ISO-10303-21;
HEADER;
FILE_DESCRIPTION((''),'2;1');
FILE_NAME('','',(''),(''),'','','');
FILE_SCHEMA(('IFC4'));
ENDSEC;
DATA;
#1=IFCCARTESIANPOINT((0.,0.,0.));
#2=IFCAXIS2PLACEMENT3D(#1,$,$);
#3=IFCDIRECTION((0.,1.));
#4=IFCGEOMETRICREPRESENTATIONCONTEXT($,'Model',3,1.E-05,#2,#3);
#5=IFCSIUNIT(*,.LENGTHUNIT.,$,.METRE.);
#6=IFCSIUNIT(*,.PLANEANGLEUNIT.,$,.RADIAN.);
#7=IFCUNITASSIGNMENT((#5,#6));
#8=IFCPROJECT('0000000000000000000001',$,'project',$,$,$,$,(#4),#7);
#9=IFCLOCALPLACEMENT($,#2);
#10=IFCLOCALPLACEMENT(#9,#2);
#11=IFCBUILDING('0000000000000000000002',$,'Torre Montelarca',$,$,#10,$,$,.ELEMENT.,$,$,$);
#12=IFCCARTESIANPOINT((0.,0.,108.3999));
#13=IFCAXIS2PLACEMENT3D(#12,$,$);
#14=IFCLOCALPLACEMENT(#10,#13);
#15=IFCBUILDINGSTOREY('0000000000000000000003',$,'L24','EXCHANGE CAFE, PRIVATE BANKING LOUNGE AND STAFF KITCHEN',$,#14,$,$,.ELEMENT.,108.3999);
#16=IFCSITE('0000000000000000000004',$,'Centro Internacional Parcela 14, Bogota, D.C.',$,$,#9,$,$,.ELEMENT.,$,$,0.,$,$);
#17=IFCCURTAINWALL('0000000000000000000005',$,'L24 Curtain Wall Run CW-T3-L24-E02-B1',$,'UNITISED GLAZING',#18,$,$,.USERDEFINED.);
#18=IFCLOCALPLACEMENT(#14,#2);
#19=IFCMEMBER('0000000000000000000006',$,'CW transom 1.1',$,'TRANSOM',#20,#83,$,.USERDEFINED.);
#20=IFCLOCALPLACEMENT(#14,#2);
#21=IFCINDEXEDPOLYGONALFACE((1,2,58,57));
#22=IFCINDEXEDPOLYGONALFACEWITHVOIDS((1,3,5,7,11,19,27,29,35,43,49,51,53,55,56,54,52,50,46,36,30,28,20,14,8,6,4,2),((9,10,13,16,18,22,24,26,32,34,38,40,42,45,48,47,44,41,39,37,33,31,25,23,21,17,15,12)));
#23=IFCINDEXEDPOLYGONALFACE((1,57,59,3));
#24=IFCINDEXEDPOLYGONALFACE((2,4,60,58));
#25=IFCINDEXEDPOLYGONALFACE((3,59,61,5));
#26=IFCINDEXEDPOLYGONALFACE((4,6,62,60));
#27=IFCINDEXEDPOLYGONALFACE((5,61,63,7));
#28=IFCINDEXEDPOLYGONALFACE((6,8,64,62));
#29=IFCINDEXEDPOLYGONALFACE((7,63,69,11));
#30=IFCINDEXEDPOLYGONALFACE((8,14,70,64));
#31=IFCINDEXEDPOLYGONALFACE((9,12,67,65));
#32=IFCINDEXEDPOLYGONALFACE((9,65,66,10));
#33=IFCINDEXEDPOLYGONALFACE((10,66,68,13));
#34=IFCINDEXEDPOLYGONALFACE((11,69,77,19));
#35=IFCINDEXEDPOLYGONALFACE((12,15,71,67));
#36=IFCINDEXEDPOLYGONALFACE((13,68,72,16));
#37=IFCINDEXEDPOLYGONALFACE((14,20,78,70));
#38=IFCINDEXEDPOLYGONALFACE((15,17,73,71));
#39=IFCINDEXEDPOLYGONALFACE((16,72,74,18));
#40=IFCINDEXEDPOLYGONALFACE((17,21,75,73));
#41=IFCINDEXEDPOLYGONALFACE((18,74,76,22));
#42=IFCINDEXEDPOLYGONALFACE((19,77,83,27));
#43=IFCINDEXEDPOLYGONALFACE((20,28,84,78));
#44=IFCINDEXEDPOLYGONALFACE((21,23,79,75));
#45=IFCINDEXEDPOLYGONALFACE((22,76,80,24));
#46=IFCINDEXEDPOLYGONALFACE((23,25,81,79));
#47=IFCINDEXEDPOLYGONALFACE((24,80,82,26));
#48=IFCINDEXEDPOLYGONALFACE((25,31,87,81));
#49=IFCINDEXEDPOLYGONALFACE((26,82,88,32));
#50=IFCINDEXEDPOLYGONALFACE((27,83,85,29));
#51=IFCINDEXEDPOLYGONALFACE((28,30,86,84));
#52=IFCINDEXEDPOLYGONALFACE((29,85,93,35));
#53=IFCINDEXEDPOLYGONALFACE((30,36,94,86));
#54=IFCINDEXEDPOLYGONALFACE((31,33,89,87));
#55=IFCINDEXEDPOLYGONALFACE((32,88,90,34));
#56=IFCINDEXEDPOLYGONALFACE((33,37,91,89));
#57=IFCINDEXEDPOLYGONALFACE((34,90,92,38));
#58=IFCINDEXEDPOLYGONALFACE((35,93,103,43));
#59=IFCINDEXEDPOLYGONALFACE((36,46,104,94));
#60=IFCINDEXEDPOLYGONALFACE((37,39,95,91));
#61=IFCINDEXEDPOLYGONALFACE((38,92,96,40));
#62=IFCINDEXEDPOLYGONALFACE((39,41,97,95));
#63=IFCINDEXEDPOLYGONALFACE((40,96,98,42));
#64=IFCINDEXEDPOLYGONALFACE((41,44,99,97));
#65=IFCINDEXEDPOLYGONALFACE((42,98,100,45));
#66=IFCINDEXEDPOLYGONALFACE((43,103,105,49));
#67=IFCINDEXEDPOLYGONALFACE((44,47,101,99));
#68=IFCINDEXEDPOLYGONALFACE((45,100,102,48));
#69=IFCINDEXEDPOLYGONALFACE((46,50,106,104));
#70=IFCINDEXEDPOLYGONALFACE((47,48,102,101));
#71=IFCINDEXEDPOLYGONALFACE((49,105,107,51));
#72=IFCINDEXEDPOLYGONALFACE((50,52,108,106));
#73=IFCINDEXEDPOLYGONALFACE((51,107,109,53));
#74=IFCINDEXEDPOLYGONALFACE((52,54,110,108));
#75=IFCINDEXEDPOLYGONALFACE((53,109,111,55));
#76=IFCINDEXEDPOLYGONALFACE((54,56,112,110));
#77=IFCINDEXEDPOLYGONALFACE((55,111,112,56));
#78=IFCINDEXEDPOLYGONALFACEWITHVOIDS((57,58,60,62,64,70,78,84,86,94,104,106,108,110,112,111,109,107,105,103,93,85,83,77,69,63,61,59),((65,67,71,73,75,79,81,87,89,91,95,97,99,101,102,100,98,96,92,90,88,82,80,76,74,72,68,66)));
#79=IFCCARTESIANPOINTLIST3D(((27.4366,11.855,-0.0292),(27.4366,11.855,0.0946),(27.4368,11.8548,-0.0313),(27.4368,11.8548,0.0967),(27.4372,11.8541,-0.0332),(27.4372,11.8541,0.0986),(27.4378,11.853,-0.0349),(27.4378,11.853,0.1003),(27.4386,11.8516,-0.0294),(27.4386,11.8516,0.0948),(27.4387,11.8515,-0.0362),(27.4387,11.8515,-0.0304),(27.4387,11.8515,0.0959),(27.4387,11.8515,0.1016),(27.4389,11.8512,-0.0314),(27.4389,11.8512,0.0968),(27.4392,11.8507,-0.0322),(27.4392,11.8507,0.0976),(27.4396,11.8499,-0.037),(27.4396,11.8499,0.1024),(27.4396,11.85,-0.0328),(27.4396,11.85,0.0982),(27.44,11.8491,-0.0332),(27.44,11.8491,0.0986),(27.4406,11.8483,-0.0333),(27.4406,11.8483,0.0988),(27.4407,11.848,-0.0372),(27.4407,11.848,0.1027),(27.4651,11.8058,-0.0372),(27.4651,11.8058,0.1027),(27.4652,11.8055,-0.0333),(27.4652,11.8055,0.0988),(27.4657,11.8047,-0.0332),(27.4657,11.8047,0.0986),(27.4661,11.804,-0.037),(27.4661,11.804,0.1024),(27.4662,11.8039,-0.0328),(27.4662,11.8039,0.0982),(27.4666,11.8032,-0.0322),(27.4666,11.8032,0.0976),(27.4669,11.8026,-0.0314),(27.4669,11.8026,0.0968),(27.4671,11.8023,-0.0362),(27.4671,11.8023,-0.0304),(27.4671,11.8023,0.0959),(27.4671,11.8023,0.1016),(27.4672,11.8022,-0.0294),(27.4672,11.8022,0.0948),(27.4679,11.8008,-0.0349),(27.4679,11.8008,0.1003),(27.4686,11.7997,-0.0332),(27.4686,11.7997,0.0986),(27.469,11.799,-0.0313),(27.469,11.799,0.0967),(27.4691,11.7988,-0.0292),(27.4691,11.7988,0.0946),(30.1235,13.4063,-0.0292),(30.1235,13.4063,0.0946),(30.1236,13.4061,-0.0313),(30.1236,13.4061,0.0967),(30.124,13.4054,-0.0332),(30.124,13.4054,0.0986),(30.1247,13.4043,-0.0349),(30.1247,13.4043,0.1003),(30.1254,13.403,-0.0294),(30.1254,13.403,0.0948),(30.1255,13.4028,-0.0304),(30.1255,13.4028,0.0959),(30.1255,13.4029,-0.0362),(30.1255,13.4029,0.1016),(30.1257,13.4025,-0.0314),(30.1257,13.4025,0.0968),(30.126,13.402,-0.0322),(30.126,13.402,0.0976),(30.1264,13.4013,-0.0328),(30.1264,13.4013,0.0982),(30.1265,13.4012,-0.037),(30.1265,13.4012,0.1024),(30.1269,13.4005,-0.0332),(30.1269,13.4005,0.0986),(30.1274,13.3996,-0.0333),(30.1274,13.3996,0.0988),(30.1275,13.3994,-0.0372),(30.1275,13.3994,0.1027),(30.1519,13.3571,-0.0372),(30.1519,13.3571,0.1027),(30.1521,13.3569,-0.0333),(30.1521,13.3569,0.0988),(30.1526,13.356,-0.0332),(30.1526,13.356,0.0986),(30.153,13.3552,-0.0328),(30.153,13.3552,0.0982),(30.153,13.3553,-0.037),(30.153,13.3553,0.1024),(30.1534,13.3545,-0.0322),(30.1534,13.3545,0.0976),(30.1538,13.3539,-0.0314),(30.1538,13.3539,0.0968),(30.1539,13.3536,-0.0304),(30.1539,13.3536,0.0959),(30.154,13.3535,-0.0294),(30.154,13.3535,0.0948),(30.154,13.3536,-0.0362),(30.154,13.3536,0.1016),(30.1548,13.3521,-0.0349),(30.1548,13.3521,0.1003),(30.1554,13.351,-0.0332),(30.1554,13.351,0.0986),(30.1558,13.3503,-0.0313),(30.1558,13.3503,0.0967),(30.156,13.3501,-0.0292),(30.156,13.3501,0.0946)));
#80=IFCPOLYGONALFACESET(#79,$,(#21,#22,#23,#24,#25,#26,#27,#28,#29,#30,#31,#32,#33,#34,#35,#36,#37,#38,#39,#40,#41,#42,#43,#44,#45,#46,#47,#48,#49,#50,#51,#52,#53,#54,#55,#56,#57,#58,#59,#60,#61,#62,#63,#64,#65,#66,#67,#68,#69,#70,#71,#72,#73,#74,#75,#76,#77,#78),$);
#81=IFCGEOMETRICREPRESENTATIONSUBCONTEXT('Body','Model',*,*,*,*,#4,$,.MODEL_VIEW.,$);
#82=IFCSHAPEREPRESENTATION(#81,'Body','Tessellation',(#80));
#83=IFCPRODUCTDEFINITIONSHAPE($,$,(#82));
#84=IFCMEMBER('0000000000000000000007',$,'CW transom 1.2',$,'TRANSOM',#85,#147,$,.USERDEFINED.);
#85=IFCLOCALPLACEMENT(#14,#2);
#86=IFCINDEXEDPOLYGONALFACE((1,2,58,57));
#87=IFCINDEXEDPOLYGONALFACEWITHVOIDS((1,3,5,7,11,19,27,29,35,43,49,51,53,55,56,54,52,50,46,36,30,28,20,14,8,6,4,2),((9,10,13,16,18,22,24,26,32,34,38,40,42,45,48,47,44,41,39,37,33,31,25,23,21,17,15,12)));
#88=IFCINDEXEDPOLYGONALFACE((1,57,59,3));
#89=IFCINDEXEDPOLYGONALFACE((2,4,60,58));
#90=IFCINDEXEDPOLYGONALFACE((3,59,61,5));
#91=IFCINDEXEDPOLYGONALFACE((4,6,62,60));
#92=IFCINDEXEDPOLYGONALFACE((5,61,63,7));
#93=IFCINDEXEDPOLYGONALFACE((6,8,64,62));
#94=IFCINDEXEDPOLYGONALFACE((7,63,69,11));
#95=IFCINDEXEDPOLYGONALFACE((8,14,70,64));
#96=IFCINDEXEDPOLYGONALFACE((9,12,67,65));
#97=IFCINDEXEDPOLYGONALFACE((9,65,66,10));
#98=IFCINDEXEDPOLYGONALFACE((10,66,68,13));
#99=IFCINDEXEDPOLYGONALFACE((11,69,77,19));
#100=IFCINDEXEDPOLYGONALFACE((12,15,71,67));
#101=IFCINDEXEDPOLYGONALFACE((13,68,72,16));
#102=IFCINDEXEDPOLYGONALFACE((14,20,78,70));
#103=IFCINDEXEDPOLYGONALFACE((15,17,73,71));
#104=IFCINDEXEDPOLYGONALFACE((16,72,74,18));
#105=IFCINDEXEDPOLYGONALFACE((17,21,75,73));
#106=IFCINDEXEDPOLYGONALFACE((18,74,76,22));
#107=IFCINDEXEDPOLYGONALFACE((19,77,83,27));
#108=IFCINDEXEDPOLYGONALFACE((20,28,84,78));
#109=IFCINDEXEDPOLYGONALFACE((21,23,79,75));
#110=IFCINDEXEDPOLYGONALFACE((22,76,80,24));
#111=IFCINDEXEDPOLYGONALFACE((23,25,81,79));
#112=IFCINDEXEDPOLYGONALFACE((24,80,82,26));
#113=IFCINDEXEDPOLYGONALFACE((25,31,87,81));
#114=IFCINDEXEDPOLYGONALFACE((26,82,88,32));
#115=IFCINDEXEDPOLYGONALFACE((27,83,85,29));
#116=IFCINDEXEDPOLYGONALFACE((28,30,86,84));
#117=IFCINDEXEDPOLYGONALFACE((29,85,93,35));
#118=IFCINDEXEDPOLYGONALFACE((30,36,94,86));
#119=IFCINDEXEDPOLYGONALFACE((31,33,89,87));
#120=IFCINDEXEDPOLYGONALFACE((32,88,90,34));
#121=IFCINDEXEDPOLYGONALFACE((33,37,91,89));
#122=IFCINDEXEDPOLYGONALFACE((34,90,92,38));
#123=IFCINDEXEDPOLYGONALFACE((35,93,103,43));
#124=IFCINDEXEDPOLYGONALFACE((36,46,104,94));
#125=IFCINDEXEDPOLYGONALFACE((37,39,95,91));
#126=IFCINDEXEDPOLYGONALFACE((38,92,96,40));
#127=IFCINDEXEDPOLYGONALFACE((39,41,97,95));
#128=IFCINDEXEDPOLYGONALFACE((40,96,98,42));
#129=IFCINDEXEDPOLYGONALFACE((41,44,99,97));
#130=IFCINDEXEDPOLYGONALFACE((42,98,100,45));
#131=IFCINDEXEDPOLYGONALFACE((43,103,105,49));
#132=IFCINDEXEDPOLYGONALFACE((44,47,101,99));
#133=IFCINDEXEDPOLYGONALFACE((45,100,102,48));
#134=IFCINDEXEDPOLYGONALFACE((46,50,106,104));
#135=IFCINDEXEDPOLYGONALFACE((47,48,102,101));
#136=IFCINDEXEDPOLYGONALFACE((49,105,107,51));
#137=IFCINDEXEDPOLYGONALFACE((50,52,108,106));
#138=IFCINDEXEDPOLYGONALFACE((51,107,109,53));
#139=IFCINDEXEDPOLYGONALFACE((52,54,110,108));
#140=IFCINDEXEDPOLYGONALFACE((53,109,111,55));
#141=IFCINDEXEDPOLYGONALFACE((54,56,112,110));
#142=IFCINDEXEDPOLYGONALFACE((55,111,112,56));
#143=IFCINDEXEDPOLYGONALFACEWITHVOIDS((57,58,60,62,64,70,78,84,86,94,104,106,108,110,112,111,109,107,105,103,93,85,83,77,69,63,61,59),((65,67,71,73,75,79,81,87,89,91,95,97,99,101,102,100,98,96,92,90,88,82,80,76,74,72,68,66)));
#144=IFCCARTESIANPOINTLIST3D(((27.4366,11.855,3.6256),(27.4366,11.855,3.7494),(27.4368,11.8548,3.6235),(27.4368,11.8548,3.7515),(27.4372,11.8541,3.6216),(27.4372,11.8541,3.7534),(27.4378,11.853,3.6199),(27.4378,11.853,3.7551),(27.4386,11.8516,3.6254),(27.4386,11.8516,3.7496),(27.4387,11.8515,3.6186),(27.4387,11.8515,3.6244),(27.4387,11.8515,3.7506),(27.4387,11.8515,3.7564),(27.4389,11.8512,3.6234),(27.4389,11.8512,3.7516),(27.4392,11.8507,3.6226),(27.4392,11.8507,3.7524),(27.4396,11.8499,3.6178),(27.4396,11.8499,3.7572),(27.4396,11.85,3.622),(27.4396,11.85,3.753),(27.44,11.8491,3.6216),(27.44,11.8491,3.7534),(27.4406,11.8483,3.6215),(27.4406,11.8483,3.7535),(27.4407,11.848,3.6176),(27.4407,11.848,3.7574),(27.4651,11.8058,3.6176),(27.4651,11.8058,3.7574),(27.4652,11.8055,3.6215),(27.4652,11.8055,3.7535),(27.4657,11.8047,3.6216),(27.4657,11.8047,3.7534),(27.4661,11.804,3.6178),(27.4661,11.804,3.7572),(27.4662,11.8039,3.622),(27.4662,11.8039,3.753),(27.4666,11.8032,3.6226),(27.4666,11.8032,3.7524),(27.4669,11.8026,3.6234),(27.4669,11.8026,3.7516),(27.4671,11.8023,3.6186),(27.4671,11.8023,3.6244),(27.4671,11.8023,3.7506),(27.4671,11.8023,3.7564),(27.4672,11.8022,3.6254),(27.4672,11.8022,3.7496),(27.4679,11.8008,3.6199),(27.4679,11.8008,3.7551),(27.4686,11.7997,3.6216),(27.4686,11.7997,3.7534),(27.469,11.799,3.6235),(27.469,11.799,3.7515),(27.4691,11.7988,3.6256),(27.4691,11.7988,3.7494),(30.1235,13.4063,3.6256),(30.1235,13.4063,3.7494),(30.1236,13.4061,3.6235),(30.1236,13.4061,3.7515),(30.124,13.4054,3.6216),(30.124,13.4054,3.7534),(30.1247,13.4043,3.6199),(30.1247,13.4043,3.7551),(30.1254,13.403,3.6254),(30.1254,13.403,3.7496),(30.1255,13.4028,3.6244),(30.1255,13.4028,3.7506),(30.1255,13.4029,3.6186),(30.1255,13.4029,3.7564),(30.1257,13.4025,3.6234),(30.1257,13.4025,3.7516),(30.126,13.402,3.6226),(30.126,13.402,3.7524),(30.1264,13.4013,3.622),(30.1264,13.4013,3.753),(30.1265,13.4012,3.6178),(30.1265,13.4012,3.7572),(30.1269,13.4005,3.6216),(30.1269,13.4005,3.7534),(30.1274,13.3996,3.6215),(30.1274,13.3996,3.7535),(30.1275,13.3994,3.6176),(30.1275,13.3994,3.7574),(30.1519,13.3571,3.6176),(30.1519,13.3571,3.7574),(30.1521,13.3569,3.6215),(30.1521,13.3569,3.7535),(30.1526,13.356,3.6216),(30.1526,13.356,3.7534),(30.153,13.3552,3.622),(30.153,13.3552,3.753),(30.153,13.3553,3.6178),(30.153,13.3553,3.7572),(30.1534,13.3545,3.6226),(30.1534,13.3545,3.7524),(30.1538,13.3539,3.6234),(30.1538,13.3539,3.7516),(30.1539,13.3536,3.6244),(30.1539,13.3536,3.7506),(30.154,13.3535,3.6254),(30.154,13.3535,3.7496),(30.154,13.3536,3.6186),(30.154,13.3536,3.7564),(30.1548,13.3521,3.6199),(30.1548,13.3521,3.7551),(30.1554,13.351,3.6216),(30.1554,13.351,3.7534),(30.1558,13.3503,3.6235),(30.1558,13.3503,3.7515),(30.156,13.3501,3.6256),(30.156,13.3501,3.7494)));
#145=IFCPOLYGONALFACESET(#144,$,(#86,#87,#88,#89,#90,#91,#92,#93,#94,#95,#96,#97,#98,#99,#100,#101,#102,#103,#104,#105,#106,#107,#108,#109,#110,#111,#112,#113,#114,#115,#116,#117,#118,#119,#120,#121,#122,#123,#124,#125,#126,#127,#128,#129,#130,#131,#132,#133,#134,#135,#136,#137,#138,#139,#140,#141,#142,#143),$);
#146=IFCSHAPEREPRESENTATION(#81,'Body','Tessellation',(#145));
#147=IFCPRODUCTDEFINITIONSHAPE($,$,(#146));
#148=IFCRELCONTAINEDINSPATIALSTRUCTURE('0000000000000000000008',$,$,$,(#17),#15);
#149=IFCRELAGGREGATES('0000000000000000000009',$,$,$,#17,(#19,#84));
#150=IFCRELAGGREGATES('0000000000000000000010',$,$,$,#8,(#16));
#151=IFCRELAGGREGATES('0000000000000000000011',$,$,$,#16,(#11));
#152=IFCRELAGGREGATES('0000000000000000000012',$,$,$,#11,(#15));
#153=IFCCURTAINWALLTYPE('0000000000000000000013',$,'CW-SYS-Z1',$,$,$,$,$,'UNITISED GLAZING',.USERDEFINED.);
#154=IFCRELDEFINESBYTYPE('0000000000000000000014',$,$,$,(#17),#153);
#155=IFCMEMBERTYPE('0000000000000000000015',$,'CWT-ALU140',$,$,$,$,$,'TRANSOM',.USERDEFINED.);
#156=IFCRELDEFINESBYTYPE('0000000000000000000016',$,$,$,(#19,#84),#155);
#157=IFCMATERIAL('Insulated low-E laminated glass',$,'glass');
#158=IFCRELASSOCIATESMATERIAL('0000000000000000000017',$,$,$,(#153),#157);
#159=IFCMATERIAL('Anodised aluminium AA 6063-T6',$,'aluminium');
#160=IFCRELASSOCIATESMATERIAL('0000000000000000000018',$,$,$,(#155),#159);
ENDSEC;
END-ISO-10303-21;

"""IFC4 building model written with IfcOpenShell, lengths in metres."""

from ifc_helpers import new_model, si_unit, direction, frame, origin, origin_2d, place, context, subcontext, project, spatial, hollow_rectangle, extrude, source, transform, mapped, material, material_profile, profile_set, type_object, element, aggregate, save


model = new_model("IFC4")

# Units and contexts
model_context = context("Model", 3, precision=1e-05, world=origin(), true_north=direction((0.0, 1.0)))
body_context = subcontext(model_context, "Body", "Model", "MODEL_VIEW")
ifc_project = project(units=[si_unit("LENGTHUNIT", "METRE"), si_unit("PLANEANGLEUNIT", "RADIAN")], contexts=[model_context])

# Site, building, storey
site_placement = place(None, origin())
site = spatial("IfcSite", under=ifc_project, at=site_placement, Name="Centro Internacional Parcela 14, Bogota, D.C.", CompositionType="ELEMENT", RefElevation=0.0)
building_placement = place(site_placement, origin())
building = spatial("IfcBuilding", under=site, at=building_placement, Name="Torre Montelarca", CompositionType="ELEMENT")
storey_placement = place(building_placement, frame((0.0, 0.0, 108.3999)))
storey = spatial("IfcBuildingStorey", under=building, at=storey_placement, Name="L24", Description="EXCHANGE CAFE, PRIVATE BANKING LOUNGE AND STAFF KITCHEN", CompositionType="ELEMENT", Elevation=108.3999)

# Curtain wall
ifc_material_1 = material(Name="Insulated low-E laminated glass", Category="glass")
curtain_wall_type = type_object("IfcCurtainWallType", Name="CW-SYS-Z1", ElementType="UNITISED GLAZING", PredefinedType="USERDEFINED", material=ifc_material_1)
curtain_wall_1_placement = place(storey_placement, origin())
curtain_wall_1 = element("IfcCurtainWall", 1, at=curtain_wall_1_placement, inside=storey, type_object=curtain_wall_type, Name="L24 Curtain Wall Run CW-T3-L24-E02-B1", ObjectType="UNITISED GLAZING", PredefinedType="USERDEFINED")
ifc_material_2 = material(Name="Anodised aluminium AA 6063-T6", Category="aluminium")
ifc_material_profile_1 = material_profile(ifc_material_2, hollow_rectangle(XDim=0.0649, YDim=0.1399, WallThickness=0.0039, InnerFilletRadius=0.0039, OuterFilletRadius=0.0081, at=origin_2d()), Name="ALU65X140X4", Category="aluminium")
ifc_profile_set_1 = profile_set([ifc_material_profile_1], Name="Anodised aluminium AA 6063-T6")
member_type_1 = type_object("IfcMemberType", Name="CWT-ALU140", ElementType="TRANSOM", PredefinedType="USERDEFINED", material=ifc_profile_set_1)

# Members
shared_shape_1 = source(origin(), body_context, "Body", "SweptSolid", [
    extrude(hollow_rectangle(XDim=0.0649, YDim=0.1399, WallThickness=0.0039, InnerFilletRadius=0.0039, OuterFilletRadius=0.0081, at=origin_2d()), origin(), (0.0, 0.0, 1.0), 3.1025),
])
member_1_placement = place(storey_placement, frame((27.4529, 11.8269, 0.0327), z_axis=(0.866017, 0.500015, 0.0), x_axis=(-0.500015, 0.866017, 0.0)))
member_1 = element("IfcMember", 2, at=member_1_placement, type_object=member_type_1, Name="CW transom 1.1", ObjectType="TRANSOM", PredefinedType="USERDEFINED", context=body_context, shape_type="MappedRepresentation", body=[
    mapped(shared_shape_1, transform((0.0, 0.0, 0.0), scale=1.0)),
])
member_2_placement = place(storey_placement, frame((27.4529, 11.8269, 3.6875), z_axis=(0.866017, 0.500015, 0.0), x_axis=(-0.500015, 0.866017, 0.0)))
member_2 = element("IfcMember", 3, at=member_2_placement, type_object=member_type_1, Name="CW transom 1.2", ObjectType="TRANSOM", PredefinedType="USERDEFINED", context=body_context, shape_type="MappedRepresentation", body=[
    mapped(shared_shape_1, transform((0.0, 0.0, 0.0), scale=1.0)),
])

aggregate(curtain_wall_1, [member_1, member_2])

save(model, "model.ifc")
